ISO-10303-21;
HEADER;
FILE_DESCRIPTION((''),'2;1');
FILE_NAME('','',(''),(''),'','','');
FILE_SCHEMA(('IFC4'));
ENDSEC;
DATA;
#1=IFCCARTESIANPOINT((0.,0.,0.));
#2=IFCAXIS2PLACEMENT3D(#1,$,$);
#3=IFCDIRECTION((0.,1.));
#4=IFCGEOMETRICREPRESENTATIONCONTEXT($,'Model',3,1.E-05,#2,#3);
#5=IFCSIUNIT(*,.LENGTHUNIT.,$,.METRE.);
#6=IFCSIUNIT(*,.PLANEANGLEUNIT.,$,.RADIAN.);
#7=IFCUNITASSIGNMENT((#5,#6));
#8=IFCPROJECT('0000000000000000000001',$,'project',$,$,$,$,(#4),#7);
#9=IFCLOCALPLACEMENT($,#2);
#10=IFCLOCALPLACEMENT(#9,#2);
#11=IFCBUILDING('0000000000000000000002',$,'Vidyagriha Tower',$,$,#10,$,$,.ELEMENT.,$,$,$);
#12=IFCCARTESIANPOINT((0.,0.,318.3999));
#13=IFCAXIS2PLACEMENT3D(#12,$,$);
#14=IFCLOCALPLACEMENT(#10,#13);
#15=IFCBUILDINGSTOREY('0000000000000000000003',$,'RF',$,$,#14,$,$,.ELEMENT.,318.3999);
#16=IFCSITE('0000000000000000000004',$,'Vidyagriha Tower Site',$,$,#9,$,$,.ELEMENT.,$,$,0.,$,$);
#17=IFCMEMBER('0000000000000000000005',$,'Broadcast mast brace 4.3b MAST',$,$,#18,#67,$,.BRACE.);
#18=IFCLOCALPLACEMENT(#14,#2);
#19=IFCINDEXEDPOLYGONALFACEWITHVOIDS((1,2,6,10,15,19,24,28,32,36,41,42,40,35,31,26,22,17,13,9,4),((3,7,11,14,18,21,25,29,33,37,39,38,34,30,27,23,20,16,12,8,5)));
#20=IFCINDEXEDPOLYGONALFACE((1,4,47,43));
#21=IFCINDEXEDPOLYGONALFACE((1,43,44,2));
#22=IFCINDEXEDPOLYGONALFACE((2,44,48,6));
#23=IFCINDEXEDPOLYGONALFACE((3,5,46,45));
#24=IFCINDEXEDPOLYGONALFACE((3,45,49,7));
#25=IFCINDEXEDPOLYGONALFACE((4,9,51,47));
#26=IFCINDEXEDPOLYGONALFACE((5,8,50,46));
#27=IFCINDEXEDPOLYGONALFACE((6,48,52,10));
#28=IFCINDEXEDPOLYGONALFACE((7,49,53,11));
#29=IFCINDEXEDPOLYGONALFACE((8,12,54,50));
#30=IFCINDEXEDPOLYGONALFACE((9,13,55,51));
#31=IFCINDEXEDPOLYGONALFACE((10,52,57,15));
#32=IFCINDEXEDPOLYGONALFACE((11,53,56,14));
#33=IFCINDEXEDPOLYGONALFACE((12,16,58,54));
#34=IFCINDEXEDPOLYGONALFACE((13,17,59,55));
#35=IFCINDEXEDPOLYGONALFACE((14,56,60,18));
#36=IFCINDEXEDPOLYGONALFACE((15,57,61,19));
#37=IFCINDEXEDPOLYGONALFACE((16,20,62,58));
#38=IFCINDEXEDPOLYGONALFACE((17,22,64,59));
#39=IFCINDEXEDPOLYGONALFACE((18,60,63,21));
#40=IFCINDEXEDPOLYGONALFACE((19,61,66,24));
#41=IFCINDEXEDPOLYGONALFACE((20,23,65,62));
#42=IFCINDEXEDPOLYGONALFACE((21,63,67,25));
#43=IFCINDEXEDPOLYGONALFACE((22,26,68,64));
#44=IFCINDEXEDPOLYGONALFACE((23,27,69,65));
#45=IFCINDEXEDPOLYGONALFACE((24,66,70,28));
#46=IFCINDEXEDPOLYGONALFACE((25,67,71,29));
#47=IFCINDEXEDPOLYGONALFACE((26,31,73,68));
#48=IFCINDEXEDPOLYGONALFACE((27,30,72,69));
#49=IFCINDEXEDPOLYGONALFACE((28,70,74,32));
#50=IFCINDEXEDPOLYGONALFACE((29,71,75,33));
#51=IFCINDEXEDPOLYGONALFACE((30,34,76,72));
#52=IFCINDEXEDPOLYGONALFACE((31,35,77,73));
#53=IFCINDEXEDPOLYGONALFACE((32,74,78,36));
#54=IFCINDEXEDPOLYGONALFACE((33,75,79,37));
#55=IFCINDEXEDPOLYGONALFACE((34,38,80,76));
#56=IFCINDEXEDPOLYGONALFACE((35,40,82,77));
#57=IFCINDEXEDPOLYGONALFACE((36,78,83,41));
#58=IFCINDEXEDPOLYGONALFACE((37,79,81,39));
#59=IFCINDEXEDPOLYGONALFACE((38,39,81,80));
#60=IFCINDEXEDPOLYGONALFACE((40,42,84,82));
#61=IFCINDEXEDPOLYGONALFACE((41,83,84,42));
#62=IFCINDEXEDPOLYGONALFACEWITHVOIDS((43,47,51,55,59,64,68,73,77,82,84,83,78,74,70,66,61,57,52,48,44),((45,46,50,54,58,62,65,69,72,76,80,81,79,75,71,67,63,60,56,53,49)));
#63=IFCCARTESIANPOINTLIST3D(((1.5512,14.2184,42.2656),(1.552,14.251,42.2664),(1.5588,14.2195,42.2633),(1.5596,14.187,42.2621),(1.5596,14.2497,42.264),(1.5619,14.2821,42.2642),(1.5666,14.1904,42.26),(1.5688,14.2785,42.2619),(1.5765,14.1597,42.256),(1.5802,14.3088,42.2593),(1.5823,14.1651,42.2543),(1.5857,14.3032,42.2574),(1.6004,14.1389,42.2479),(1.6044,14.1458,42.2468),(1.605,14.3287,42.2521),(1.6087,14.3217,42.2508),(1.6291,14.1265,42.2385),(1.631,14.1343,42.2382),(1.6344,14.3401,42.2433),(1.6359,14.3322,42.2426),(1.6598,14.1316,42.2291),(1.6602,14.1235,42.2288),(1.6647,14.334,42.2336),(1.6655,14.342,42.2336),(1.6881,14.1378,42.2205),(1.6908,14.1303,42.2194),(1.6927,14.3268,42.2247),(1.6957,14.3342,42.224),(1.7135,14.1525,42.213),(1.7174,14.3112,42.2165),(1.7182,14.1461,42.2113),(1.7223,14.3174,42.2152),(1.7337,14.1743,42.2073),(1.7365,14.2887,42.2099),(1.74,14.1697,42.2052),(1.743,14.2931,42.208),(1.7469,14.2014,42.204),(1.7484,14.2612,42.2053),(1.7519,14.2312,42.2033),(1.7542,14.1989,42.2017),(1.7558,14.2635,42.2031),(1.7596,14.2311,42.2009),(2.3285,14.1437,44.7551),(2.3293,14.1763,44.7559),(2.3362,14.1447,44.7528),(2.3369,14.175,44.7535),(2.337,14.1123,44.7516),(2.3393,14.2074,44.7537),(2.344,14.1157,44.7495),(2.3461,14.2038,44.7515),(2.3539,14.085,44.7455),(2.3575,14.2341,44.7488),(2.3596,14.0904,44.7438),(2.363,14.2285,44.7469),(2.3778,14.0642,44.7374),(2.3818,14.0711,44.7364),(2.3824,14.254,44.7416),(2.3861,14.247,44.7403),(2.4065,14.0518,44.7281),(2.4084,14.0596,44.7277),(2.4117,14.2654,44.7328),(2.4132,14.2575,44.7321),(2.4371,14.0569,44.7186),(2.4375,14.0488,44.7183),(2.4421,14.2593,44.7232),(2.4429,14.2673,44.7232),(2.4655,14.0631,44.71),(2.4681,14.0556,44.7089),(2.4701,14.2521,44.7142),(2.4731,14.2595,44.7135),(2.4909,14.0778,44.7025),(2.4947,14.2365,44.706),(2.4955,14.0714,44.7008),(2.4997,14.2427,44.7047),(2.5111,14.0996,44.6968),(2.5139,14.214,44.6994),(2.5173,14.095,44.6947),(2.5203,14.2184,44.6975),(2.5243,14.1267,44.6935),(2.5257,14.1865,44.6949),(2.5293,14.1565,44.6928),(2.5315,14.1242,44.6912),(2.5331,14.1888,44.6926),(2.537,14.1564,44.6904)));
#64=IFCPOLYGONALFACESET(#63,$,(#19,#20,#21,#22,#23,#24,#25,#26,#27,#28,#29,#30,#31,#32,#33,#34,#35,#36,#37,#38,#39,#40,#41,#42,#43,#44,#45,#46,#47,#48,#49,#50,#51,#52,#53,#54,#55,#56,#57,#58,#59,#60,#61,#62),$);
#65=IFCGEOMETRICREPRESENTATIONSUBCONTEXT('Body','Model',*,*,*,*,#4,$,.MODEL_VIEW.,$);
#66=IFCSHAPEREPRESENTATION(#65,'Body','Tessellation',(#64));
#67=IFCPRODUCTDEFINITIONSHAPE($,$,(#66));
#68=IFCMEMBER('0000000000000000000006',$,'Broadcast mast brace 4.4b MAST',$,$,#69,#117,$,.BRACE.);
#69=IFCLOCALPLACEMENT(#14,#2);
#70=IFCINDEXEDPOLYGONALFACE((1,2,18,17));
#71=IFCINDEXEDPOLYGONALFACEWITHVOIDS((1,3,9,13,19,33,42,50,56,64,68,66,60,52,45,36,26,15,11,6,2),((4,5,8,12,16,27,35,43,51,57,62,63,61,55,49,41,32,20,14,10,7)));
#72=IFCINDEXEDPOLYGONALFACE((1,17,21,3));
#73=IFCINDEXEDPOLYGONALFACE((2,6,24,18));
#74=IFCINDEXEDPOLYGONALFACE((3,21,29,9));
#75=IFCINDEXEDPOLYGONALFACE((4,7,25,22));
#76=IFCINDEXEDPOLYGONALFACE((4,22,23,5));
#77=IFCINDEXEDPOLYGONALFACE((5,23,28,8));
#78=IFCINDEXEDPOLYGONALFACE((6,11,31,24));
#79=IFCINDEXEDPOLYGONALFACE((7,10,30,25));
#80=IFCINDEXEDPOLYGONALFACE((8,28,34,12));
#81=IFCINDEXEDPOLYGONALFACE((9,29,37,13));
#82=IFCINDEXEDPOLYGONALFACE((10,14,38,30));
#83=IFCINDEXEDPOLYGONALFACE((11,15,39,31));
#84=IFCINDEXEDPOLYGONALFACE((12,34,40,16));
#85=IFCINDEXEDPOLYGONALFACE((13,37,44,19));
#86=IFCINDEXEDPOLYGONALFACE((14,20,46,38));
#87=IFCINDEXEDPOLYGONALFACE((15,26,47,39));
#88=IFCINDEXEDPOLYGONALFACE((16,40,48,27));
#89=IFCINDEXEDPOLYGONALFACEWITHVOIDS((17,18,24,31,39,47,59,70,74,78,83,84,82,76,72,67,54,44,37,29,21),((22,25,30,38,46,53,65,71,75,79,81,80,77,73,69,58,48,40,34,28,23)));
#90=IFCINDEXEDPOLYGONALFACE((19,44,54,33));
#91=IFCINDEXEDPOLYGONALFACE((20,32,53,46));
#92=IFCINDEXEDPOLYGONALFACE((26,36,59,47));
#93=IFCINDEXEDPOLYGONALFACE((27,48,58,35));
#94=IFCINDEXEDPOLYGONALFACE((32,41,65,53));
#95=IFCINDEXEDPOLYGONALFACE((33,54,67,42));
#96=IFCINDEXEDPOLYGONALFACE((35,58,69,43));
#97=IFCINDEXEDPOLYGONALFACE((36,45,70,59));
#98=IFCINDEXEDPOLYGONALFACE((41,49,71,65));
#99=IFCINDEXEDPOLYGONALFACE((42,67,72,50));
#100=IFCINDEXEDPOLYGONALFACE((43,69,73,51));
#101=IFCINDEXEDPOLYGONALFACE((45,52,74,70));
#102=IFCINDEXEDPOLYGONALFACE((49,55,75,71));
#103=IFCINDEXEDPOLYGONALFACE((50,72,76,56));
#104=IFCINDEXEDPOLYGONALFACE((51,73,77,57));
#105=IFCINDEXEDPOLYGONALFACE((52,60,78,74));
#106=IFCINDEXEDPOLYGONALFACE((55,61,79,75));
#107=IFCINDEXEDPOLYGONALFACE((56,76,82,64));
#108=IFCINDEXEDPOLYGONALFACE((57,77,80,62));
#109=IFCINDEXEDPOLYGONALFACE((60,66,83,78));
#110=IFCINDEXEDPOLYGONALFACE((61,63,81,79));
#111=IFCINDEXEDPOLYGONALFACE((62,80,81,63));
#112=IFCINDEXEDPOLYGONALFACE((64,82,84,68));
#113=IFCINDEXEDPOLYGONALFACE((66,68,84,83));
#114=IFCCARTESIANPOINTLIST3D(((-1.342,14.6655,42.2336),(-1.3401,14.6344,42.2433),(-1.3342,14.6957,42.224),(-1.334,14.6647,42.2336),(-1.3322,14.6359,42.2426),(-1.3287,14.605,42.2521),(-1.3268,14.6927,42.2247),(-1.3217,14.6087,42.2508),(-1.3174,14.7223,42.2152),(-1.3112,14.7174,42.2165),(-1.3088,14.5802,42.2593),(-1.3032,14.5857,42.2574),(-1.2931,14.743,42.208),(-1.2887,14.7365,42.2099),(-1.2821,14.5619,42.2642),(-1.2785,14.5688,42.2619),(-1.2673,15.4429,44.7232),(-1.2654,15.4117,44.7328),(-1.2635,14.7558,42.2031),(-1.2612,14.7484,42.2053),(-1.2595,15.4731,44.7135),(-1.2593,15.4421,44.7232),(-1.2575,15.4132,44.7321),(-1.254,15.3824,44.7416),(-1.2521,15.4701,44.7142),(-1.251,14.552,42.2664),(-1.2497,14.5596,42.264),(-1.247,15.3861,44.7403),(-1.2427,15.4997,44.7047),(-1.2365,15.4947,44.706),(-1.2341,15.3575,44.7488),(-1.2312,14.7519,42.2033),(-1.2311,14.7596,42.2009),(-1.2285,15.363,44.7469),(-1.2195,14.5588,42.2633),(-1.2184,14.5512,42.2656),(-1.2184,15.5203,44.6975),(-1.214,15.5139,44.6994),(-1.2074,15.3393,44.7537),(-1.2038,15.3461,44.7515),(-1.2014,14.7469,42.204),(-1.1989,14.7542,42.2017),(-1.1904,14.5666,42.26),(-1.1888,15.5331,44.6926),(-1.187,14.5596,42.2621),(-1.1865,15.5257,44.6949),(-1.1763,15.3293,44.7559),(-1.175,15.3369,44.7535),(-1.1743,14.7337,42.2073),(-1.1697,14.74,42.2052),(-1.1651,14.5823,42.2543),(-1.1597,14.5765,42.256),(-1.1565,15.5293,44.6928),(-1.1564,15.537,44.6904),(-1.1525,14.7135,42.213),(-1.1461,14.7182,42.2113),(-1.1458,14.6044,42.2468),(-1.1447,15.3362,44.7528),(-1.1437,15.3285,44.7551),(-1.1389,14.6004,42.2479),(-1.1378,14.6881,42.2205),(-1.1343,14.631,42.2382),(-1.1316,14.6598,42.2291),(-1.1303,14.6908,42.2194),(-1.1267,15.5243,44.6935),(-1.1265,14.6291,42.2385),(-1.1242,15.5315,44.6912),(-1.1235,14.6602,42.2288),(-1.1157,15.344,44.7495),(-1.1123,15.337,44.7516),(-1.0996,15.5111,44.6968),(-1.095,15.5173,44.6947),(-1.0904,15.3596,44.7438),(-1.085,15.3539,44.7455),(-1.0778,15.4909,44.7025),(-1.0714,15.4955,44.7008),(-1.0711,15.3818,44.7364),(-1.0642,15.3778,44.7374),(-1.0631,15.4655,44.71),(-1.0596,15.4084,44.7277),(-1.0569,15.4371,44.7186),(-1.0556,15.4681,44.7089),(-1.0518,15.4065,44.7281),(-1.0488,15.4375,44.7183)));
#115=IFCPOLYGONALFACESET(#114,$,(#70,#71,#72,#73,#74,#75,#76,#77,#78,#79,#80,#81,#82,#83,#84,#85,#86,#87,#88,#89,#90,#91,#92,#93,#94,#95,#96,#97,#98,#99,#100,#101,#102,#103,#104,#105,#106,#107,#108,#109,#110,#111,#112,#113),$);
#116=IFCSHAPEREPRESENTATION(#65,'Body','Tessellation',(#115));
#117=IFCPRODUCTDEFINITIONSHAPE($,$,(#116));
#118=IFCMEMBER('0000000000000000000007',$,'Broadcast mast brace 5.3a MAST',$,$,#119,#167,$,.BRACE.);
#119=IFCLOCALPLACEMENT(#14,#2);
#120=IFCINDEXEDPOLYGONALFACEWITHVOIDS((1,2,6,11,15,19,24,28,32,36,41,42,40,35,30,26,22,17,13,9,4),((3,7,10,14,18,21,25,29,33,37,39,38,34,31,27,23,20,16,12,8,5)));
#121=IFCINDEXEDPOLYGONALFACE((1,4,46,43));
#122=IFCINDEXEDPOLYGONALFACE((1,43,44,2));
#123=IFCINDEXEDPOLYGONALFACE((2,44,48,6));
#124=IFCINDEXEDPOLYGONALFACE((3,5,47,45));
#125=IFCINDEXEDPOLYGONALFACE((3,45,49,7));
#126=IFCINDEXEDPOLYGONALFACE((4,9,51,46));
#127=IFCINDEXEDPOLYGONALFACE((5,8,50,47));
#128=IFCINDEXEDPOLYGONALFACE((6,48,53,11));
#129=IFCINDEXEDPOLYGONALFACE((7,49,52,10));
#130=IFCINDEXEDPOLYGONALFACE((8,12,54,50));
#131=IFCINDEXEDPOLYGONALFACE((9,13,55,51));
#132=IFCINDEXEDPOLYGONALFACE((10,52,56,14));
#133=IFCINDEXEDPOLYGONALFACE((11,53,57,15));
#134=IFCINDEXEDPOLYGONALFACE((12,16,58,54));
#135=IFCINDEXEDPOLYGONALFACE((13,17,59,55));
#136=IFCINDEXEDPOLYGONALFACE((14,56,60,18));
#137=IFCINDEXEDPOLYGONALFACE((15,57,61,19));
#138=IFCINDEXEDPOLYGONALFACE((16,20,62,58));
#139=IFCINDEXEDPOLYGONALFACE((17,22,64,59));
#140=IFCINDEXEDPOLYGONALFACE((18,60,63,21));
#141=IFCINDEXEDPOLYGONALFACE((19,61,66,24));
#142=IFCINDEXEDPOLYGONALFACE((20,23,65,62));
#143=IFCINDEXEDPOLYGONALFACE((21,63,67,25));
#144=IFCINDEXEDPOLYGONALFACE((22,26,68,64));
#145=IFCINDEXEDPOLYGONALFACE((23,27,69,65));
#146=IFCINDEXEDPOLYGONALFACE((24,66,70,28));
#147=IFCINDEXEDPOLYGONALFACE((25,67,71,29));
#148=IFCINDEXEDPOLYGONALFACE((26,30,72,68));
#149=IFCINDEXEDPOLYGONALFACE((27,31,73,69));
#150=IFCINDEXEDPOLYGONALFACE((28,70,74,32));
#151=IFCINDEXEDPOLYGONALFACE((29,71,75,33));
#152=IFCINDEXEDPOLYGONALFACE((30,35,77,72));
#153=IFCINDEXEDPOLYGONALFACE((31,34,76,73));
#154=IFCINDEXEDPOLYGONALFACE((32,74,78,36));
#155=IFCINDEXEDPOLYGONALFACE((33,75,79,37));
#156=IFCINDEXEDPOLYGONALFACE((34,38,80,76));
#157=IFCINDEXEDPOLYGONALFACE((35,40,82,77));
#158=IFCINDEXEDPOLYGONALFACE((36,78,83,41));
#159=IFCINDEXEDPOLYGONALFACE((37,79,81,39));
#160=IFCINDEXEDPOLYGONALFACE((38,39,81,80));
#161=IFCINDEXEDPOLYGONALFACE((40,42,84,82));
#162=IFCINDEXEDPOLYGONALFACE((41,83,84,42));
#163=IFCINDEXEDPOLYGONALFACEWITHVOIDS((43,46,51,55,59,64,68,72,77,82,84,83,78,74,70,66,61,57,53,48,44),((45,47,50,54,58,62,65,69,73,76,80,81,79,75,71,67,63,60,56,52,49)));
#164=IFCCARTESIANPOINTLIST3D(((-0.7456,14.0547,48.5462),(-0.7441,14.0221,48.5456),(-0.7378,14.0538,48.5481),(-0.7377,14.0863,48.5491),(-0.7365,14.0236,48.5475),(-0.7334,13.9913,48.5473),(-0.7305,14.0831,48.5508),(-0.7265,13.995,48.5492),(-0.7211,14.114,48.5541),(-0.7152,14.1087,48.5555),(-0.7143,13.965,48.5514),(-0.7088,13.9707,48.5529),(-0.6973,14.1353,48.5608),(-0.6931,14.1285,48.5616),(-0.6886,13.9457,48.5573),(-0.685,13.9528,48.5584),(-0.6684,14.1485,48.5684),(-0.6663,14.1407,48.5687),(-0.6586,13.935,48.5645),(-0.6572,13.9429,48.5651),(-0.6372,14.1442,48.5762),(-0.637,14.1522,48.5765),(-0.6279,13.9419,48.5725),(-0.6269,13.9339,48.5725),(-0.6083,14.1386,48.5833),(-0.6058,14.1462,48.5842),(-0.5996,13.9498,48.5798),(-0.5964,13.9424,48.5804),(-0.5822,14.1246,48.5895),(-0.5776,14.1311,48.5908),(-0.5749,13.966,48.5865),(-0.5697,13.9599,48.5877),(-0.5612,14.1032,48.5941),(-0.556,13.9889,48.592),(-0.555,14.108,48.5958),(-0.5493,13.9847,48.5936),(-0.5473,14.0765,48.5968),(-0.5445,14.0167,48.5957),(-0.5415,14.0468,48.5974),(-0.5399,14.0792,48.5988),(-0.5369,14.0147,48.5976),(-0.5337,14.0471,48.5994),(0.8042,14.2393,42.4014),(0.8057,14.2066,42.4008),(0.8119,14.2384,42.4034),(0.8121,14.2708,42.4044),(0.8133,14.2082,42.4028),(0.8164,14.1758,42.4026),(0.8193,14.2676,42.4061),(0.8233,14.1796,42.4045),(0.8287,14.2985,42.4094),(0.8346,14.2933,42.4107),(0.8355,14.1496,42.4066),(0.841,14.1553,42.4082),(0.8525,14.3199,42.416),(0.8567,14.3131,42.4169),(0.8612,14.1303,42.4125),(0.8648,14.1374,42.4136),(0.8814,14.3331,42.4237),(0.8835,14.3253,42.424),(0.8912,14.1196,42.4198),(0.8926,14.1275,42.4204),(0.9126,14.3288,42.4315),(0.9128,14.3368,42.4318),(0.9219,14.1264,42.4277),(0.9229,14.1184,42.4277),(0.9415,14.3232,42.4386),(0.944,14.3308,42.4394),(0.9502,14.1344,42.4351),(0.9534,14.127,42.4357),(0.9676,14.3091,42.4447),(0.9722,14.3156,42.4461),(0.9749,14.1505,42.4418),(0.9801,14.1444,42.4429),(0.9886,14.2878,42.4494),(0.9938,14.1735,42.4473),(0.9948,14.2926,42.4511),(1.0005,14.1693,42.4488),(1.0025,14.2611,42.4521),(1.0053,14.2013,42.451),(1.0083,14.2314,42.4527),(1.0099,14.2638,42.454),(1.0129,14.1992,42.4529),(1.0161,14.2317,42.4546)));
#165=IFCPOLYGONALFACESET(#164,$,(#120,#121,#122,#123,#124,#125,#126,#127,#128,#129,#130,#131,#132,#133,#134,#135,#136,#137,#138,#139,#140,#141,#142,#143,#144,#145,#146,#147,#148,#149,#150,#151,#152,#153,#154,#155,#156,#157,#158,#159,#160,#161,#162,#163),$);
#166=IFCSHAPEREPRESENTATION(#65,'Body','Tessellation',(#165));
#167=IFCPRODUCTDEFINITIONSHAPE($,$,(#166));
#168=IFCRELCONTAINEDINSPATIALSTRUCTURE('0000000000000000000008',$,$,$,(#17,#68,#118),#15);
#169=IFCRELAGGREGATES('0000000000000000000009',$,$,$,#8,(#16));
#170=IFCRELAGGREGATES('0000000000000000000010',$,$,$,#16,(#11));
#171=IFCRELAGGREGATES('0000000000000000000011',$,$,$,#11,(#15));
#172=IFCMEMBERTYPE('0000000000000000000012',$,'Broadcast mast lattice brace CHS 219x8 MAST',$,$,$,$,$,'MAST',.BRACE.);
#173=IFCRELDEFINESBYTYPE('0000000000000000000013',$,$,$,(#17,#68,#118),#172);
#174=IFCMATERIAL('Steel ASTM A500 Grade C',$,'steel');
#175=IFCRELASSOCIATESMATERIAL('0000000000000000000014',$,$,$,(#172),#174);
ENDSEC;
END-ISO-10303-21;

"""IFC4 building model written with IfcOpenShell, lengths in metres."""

from ifc_helpers import new_model, si_unit, direction, frame, origin, origin_2d, place, context, subcontext, project, spatial, hollow_circle, extrude, material, material_profile, profile_set, type_object, element, save


model = new_model("IFC4")

# Units and contexts
model_context = context("Model", 3, precision=1e-05, world=origin(), true_north=direction((0.0, 1.0)))
body_context = subcontext(model_context, "Body", "Model", "MODEL_VIEW")
ifc_project = project(units=[si_unit("LENGTHUNIT", "METRE"), si_unit("PLANEANGLEUNIT", "RADIAN")], contexts=[model_context])

# Site, building, storey
site_placement = place(None, origin())
site = spatial("IfcSite", under=ifc_project, at=site_placement, Name="Vidyagriha Tower Site", CompositionType="ELEMENT", RefElevation=0.0)
building_placement = place(site_placement, origin())
building = spatial("IfcBuilding", under=site, at=building_placement, Name="Vidyagriha Tower", CompositionType="ELEMENT")
storey_placement = place(building_placement, frame((0.0, 0.0, 318.3999)))
storey = spatial("IfcBuildingStorey", under=building, at=storey_placement, Name="RF", CompositionType="ELEMENT", Elevation=318.3999)

# Members
ifc_material_1 = material(Name="Steel ASTM A500 Grade C", Category="steel")
ifc_material_profile_1 = material_profile(ifc_material_1, hollow_circle(Radius=0.1096, WallThickness=0.0081, at=origin_2d()), Name="Broadcast mast lattice brace CHS 219x8 MAST")
ifc_profile_set_1 = profile_set([ifc_material_profile_1], Name="Steel ASTM A500 Grade C")
member_type_1 = type_object("IfcMemberType", Name="Broadcast mast lattice brace CHS 219x8 MAST", ElementType="MAST", PredefinedType="BRACE", material=ifc_profile_set_1)
for number, where, z_axis, x_axis, name in (
    (1, (1.655, 14.2329, 42.2336), (0.297934, -0.028633, 0.954157), (0.095665, 0.995414, 0.0), "Broadcast mast brace 4.3b MAST"),
    (2, (-1.2329, 14.655, 42.2336), (0.028633, 0.297934, 0.954157), (-0.995414, 0.095665, 0.0), "Broadcast mast brace 4.4b MAST"),
):
    element("IfcMember", number, at=place(storey_placement, frame(where, z_axis=z_axis, x_axis=x_axis)), inside=storey, type_object=member_type_1, Name=name, PredefinedType="BRACE", context=body_context, shape_type="SweptSolid", body=[
        extrude(hollow_circle(Radius=0.1096, WallThickness=0.0081, at=origin_2d()), origin(), (0.0, 0.0, 1.0), 2.6091),
    ])
for number, where, z_axis, x_axis, name in (
    (3, (0.9099, 14.2273, 42.4277), (-0.244453, -0.029113, 0.969224), (0.118257, -0.992983, 0.0), "Broadcast mast brace 5.3a MAST"),
):
    element("IfcMember", number, at=place(storey_placement, frame(where, z_axis=z_axis, x_axis=x_axis)), inside=storey, type_object=member_type_1, Name=name, PredefinedType="BRACE", context=body_context, shape_type="SweptSolid", body=[
        extrude(hollow_circle(Radius=0.1096, WallThickness=0.0081, at=origin_2d()), origin(), (0.0, 0.0, 1.0), 6.3398),
    ])

save(model, "model.ifc")
